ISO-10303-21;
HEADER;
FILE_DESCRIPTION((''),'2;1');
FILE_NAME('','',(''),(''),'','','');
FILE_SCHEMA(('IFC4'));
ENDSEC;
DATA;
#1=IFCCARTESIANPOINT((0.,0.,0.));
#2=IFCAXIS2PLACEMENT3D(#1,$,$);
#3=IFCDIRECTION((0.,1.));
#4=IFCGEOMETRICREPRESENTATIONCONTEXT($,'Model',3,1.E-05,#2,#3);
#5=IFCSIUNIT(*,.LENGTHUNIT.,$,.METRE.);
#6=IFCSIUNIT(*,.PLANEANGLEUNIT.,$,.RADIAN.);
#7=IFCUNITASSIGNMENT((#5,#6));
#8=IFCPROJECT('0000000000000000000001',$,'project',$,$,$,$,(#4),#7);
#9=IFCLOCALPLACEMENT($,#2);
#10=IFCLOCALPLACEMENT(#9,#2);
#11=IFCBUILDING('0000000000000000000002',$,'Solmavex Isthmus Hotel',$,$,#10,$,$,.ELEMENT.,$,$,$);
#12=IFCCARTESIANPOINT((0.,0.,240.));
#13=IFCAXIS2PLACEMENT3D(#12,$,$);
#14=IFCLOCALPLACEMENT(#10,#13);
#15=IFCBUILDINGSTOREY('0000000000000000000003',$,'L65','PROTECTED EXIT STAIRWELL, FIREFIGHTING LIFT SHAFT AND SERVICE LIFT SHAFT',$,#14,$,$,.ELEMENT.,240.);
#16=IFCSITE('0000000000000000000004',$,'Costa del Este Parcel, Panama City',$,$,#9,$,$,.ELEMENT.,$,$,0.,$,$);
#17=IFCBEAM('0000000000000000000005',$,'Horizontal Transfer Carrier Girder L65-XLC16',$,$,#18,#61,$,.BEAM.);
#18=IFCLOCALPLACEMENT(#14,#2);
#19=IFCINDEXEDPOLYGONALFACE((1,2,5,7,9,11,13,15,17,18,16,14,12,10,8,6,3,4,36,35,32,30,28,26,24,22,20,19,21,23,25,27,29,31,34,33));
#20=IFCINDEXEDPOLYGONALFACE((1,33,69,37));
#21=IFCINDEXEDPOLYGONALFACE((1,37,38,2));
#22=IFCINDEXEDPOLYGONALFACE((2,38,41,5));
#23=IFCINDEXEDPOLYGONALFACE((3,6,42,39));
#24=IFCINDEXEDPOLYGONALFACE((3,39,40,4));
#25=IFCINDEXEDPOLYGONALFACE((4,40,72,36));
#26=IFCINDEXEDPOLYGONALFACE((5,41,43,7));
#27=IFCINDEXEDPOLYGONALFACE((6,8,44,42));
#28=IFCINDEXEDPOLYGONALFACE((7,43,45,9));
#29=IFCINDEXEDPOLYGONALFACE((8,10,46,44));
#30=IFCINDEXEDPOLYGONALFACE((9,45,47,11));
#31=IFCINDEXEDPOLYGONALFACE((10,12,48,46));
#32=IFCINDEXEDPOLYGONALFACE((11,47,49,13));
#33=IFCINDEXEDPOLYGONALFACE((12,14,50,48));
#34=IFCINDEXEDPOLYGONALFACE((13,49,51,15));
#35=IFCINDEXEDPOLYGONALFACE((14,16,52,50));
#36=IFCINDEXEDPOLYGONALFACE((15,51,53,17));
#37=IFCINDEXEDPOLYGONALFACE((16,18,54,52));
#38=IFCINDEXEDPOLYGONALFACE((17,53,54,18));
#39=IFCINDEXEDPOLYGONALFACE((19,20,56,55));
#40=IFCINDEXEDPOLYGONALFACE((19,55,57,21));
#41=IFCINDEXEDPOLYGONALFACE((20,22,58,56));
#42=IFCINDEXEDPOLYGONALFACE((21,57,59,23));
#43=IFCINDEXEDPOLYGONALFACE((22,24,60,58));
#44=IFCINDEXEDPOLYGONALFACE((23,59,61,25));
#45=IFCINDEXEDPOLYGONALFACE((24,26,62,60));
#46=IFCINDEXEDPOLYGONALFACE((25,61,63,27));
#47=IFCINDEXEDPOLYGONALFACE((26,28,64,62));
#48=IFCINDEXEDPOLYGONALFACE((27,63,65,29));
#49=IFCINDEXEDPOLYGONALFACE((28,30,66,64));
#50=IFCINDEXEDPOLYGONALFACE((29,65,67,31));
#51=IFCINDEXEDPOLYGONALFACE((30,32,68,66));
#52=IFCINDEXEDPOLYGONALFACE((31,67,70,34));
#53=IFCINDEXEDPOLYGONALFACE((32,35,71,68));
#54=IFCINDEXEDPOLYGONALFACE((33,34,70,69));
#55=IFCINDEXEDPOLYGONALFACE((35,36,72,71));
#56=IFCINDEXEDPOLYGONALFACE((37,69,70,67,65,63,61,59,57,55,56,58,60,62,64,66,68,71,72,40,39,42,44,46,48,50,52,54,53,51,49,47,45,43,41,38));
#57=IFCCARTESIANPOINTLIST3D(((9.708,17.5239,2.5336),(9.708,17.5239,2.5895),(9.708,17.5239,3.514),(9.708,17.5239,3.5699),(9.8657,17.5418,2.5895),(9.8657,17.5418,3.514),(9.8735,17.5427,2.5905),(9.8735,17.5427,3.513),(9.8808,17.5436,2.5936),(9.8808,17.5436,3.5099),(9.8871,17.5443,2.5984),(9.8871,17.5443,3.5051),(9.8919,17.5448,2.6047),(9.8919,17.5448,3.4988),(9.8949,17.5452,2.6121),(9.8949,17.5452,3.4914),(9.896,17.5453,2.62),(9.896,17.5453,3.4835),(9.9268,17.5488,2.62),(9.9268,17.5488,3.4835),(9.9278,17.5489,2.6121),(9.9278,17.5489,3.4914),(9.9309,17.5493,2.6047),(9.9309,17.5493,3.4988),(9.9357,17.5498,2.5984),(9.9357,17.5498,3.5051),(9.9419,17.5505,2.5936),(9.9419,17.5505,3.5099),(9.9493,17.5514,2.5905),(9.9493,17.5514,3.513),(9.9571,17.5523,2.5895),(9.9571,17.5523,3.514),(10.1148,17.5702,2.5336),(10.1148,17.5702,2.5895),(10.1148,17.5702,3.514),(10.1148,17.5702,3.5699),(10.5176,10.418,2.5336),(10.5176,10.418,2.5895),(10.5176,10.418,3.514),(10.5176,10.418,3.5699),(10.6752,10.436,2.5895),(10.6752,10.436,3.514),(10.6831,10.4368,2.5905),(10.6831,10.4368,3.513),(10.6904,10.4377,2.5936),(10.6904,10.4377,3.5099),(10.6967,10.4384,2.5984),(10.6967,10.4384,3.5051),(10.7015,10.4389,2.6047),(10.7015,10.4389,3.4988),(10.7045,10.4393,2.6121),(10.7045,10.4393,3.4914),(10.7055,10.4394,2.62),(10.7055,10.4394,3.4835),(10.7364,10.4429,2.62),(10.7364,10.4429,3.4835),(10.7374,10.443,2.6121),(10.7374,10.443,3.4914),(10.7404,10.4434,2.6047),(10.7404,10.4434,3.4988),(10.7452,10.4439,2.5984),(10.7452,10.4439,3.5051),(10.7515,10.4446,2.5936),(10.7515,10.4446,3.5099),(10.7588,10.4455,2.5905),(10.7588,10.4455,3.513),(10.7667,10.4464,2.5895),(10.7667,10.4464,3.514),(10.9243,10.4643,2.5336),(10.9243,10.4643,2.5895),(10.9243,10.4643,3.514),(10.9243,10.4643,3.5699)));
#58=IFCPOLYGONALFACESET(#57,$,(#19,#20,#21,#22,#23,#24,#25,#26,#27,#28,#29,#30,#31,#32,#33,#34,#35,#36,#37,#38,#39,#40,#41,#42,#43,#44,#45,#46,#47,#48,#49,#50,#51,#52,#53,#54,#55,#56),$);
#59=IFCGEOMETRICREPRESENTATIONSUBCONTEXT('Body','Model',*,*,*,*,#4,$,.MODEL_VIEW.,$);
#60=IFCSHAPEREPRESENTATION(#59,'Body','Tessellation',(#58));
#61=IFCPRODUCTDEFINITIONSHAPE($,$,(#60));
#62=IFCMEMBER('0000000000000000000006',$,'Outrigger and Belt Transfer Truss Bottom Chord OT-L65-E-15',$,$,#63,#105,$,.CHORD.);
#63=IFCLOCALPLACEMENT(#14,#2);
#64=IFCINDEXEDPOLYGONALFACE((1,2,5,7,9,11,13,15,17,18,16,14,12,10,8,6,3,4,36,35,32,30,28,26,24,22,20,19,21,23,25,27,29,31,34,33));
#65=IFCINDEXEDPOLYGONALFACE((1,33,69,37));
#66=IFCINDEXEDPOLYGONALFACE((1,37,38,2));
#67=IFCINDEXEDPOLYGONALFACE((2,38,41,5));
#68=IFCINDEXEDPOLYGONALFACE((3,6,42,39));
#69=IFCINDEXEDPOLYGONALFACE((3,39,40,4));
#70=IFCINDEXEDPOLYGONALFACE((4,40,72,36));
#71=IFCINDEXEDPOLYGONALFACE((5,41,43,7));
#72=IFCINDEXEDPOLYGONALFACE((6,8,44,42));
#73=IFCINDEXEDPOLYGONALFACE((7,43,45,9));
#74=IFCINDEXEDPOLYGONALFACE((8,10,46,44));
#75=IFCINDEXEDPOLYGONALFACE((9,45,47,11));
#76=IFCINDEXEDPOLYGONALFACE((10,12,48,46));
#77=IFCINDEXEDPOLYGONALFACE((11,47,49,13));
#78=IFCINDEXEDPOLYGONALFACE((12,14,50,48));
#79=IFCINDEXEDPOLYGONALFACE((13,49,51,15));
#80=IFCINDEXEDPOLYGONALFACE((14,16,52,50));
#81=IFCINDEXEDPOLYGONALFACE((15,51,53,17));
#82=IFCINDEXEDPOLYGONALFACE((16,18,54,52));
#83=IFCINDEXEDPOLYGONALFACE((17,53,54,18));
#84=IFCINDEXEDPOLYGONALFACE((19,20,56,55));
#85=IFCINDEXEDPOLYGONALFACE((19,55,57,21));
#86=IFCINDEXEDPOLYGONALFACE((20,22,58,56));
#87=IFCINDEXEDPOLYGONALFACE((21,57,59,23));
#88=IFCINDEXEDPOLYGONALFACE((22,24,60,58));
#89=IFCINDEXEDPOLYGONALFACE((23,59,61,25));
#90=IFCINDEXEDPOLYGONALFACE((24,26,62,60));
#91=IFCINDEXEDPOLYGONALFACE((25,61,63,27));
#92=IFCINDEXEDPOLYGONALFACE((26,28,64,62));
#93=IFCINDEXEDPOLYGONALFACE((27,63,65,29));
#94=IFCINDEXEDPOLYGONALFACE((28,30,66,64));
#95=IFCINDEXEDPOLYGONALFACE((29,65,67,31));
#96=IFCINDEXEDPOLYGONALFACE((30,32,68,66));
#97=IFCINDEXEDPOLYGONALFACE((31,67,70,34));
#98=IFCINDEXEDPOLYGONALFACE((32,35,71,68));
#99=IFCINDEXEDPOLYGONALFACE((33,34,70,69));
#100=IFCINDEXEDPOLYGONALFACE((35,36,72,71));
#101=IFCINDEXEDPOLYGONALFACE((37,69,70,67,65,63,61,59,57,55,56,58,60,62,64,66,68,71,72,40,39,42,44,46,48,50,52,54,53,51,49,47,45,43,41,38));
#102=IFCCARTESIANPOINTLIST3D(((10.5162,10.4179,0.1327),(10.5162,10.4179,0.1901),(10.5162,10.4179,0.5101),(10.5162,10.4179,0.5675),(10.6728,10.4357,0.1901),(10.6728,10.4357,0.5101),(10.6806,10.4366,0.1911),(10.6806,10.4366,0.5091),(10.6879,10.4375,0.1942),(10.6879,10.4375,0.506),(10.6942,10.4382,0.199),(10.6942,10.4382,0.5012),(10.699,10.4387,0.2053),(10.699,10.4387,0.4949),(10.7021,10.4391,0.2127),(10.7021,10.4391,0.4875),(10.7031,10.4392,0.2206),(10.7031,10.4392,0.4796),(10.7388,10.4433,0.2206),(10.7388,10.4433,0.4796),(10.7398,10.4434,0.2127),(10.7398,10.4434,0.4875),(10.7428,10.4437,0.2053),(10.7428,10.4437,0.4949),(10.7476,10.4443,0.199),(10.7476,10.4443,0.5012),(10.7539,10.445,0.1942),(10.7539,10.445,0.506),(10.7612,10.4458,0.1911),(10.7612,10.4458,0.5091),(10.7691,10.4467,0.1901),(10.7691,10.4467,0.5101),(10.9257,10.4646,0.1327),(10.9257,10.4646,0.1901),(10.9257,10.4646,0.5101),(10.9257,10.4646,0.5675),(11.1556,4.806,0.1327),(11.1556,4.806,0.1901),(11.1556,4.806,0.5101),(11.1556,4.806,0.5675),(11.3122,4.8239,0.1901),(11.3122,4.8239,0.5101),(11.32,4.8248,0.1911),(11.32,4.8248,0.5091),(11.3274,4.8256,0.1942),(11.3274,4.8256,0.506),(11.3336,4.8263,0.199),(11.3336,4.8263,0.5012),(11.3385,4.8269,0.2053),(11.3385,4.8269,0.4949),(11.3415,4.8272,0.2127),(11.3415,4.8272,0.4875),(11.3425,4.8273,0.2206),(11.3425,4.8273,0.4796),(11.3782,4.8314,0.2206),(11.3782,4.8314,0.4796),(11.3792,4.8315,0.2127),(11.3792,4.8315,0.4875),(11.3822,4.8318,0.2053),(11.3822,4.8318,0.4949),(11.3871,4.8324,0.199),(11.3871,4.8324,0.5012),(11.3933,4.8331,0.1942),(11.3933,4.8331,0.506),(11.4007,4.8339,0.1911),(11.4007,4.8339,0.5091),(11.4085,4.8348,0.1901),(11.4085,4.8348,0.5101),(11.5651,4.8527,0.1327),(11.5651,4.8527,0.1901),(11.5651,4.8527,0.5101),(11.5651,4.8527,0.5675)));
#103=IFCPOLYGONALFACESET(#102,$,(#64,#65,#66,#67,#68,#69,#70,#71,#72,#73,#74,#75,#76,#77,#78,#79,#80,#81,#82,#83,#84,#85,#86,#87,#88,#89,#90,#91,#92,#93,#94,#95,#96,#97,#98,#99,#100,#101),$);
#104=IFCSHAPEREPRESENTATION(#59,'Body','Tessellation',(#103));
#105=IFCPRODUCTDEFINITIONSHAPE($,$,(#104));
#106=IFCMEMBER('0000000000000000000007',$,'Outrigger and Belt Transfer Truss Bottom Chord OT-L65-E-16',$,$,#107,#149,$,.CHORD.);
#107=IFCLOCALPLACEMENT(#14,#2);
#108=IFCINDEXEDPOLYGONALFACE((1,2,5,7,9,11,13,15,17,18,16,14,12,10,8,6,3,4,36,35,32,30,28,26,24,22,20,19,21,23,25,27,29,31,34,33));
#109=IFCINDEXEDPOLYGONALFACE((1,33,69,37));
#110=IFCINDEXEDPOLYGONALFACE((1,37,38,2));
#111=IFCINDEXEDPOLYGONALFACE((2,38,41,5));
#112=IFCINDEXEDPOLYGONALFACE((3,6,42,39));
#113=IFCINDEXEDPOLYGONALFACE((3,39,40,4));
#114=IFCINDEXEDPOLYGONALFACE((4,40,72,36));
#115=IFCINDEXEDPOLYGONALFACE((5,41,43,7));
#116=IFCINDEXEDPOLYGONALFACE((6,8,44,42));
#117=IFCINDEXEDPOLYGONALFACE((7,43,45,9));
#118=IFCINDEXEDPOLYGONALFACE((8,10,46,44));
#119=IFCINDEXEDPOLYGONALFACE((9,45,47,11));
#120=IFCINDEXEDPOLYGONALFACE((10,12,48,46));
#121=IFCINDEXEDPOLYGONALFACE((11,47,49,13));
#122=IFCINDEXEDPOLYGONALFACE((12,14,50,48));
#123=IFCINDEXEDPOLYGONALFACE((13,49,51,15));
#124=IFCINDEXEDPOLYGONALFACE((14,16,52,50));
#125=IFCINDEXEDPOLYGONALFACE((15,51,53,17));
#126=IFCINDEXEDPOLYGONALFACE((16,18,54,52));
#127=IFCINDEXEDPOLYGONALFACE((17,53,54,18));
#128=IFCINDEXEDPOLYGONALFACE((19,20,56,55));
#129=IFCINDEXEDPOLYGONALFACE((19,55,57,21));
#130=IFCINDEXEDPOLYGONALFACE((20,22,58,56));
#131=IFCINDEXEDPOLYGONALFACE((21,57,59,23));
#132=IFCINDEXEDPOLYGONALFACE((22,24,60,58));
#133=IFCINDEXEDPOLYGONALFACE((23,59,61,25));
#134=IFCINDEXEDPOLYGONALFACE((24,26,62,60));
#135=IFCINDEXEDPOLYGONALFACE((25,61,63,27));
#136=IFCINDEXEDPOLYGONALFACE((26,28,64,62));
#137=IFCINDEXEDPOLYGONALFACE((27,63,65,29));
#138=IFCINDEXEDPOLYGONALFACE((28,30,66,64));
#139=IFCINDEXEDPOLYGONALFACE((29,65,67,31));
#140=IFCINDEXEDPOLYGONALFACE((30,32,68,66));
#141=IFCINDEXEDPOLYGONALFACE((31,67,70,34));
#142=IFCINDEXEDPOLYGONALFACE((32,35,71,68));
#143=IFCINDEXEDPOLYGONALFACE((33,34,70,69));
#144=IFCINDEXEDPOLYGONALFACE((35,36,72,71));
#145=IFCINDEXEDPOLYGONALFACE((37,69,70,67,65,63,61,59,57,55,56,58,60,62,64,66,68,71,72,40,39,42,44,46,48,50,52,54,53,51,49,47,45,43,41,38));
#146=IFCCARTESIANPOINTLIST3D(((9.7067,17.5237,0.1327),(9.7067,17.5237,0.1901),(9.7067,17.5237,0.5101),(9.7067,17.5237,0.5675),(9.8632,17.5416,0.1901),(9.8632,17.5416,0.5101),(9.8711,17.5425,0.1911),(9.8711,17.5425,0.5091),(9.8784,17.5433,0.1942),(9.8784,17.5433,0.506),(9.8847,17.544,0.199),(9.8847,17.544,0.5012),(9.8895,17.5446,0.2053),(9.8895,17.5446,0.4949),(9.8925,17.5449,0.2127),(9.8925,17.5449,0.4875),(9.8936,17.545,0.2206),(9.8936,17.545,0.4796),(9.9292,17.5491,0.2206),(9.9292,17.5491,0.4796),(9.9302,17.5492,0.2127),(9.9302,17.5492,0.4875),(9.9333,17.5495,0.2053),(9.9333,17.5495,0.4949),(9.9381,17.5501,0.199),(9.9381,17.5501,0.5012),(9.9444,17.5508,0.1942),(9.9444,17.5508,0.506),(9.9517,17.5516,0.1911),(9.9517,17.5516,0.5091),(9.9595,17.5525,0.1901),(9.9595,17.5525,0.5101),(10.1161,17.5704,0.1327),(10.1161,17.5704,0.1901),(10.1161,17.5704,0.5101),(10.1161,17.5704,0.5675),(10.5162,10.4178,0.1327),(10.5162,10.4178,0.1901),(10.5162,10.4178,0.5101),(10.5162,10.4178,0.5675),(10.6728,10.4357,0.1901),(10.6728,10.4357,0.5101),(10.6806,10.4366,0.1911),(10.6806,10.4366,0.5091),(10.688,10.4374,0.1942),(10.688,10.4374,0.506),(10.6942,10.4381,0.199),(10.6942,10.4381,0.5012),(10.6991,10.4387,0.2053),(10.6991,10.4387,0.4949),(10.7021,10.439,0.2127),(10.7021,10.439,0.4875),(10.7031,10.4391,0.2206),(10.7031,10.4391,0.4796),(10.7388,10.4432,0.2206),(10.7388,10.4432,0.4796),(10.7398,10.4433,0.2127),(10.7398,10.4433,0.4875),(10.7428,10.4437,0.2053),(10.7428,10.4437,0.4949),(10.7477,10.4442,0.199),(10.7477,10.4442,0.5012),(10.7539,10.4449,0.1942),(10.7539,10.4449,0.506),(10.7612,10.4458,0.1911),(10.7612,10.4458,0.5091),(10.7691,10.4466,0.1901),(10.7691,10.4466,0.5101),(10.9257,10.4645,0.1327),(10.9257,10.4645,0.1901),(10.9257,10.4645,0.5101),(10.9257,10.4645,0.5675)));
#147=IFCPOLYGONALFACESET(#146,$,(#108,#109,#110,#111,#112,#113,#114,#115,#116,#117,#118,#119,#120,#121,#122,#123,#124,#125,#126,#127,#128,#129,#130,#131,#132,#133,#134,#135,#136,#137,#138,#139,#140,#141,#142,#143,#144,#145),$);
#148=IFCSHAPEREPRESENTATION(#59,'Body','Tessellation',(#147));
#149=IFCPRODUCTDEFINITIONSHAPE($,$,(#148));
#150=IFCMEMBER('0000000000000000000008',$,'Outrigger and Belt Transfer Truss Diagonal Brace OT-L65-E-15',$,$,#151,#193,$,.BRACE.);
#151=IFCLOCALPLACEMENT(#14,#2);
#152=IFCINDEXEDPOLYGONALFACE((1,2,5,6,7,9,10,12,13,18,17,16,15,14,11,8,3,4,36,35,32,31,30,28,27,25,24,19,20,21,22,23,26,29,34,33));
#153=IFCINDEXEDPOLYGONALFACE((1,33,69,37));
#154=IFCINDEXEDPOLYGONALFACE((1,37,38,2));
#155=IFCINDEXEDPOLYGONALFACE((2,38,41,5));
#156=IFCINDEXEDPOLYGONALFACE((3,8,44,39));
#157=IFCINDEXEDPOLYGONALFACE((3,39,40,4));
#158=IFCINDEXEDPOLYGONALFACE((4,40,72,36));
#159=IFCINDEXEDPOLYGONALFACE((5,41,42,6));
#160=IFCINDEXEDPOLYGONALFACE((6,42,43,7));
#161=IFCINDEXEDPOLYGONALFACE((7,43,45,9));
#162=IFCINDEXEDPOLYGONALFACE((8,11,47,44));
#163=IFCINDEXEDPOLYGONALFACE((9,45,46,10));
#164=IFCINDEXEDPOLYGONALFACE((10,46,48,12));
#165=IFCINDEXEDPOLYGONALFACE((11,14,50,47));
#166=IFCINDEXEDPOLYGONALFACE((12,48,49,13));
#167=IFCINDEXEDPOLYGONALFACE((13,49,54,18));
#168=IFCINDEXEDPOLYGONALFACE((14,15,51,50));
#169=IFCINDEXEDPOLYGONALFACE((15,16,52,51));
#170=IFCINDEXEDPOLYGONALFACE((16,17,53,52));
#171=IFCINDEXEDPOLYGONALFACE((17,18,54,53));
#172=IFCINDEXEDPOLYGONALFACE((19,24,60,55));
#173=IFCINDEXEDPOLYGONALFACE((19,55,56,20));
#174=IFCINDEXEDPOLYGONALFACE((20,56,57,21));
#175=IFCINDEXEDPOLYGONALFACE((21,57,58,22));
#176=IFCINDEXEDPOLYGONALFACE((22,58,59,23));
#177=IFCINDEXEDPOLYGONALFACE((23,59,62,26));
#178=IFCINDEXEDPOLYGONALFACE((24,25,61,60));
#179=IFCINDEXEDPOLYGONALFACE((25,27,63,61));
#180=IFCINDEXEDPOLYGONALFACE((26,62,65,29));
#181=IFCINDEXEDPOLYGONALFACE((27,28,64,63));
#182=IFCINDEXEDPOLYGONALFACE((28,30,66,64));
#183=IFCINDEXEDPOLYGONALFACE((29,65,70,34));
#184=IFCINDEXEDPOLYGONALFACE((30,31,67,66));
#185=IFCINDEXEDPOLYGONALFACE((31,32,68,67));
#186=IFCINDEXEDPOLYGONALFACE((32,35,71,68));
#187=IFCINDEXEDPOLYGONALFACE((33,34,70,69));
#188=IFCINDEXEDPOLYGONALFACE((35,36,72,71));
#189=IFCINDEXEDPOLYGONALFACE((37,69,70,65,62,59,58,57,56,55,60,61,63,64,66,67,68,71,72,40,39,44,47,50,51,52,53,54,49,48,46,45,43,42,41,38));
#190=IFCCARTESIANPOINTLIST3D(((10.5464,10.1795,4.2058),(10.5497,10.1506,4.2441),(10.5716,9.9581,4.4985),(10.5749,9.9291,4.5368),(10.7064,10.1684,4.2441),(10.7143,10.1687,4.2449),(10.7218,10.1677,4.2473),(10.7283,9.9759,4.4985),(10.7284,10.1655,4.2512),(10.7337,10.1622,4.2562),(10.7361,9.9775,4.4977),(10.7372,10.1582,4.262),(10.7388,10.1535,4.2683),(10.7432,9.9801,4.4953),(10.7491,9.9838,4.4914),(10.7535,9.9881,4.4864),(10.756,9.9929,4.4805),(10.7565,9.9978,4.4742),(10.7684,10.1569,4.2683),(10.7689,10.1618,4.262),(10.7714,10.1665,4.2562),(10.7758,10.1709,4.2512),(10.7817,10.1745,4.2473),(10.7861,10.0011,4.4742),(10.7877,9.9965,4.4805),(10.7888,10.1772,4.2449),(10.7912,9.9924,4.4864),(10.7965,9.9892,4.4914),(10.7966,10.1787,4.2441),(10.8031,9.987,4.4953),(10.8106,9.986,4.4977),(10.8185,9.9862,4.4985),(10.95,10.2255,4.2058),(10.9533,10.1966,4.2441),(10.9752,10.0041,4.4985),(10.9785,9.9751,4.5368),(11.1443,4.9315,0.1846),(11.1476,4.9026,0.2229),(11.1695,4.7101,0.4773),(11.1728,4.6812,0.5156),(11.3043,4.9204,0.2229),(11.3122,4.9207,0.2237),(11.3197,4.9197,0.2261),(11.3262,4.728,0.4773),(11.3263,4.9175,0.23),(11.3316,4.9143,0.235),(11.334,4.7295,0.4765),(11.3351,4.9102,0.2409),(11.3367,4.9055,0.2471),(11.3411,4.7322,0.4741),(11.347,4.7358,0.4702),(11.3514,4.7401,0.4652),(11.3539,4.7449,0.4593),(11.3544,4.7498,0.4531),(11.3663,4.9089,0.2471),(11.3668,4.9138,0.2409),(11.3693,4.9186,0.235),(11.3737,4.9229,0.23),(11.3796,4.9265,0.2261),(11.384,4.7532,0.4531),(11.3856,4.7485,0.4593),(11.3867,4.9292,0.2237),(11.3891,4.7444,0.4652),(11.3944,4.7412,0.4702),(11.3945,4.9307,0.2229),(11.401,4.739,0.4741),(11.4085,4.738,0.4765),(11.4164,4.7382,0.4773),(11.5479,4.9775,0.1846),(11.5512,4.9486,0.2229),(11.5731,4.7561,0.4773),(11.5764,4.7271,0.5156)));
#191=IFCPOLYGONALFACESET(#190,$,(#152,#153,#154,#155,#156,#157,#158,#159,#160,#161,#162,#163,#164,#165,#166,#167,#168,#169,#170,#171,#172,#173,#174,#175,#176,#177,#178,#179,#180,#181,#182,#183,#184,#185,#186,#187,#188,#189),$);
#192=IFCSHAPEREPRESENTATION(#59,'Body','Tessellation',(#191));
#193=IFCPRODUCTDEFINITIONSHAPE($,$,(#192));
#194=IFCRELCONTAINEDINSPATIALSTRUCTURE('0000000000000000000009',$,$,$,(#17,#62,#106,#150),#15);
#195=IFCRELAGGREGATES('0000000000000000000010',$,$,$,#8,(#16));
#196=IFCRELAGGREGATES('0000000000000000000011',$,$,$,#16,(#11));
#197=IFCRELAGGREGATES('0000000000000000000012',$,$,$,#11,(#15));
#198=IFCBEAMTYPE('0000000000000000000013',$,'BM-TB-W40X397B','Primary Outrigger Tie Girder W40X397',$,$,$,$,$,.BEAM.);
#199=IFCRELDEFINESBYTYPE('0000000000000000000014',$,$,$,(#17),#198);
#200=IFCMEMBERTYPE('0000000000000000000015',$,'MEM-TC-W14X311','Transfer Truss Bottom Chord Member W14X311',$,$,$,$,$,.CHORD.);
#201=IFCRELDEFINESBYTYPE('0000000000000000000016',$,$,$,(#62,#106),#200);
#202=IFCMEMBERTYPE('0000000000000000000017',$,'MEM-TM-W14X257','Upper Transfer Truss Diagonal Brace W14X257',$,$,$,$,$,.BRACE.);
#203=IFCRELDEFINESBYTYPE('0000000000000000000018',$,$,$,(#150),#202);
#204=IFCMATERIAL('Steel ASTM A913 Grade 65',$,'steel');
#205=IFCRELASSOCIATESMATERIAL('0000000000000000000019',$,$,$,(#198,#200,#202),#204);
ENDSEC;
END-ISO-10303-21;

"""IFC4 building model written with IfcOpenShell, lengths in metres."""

from ifc_helpers import new_model, si_unit, direction, frame, origin, origin_2d, place, context, subcontext, project, spatial, i_section, extrude, material, material_profile, profile_set, type_object, element, save


model = new_model("IFC4")

# Units and contexts
model_context = context("Model", 3, precision=1e-05, world=origin(), true_north=direction((0.0, 1.0)))
body_context = subcontext(model_context, "Body", "Model", "MODEL_VIEW")
ifc_project = project(units=[si_unit("LENGTHUNIT", "METRE"), si_unit("PLANEANGLEUNIT", "RADIAN")], contexts=[model_context])

# Site, building, storey
site_placement = place(None, origin())
site = spatial("IfcSite", under=ifc_project, at=site_placement, Name="Costa del Este Parcel, Panama City", CompositionType="ELEMENT", RefElevation=0.0)
building_placement = place(site_placement, origin())
building = spatial("IfcBuilding", under=site, at=building_placement, Name="Solmavex Isthmus Hotel", CompositionType="ELEMENT")
storey_placement = place(building_placement, frame((0.0, 0.0, 240.0)))
storey = spatial("IfcBuildingStorey", under=building, at=storey_placement, Name="L65", Description="PROTECTED EXIT STAIRWELL, FIREFIGHTING LIFT SHAFT AND SERVICE LIFT SHAFT", CompositionType="ELEMENT", Elevation=240.0)

# Shared definitions
ifc_material_1 = material(Name="Steel ASTM A913 Grade 65", Category="steel")

# Beam
ifc_material_profile_1 = material_profile(ifc_material_1, i_section(OverallWidth=0.4094, OverallDepth=1.0364, WebThickness=0.031, FlangeThickness=0.0559, FilletRadius=0.0305, at=origin_2d()), Name="W40X397")
ifc_profile_set_1 = profile_set([ifc_material_profile_1], Name="Steel ASTM A913 Grade 65")
beam_type_1 = type_object("IfcBeamType", Name="BM-TB-W40X397B", Description="Primary Outrigger Tie Girder W40X397", PredefinedType="BEAM", material=ifc_profile_set_1)
beam_1_placement = place(storey_placement, frame((10.7209, 10.4412, 3.0518), z_axis=(-0.113196, 0.993573, 0.0), x_axis=(-0.993573, -0.113196, 0.0)))
element("IfcBeam", 1, at=beam_1_placement, inside=storey, type_object=beam_type_1, Name="Horizontal Transfer Carrier Girder L65-XLC16", PredefinedType="BEAM", context=body_context, shape_type="SweptSolid", body=[
    extrude(i_section(OverallWidth=0.4094, OverallDepth=1.0364, WebThickness=0.031, FlangeThickness=0.0559, FilletRadius=0.0305, at=origin_2d()), origin(), (0.0, 0.0, 1.0), 7.1519),
])

# Members
ifc_material_profile_2 = material_profile(ifc_material_1, i_section(OverallWidth=0.4121, OverallDepth=0.4348, WebThickness=0.0359, FlangeThickness=0.0574, FilletRadius=0.0305, at=origin_2d()), Name="W14X311")
ifc_profile_set_2 = profile_set([ifc_material_profile_2], Name="Steel ASTM A913 Grade 65")
member_type_1 = type_object("IfcMemberType", Name="MEM-TC-W14X311", Description="Transfer Truss Bottom Chord Member W14X311", PredefinedType="CHORD", material=ifc_profile_set_2)
member_1_placement = place(storey_placement, frame((11.3604, 4.8293, 0.3501), z_axis=(-0.113206, 0.993571, 0.0), x_axis=(-0.993571, -0.113206, 0.0)))
element("IfcMember", 2, at=member_1_placement, inside=storey, type_object=member_type_1, Name="Outrigger and Belt Transfer Truss Bottom Chord OT-L65-E-15", PredefinedType="CHORD", context=body_context, shape_type="SweptSolid", body=[
    extrude(i_section(OverallWidth=0.4121, OverallDepth=0.4348, WebThickness=0.0359, FlangeThickness=0.0574, FilletRadius=0.0305, at=origin_2d()), origin(), (0.0, 0.0, 1.0), 5.6482),
])
member_2_placement = place(storey_placement, frame((10.7209, 10.4412, 0.3501), z_axis=(-0.113196, 0.993573, 0.0), x_axis=(-0.993573, -0.113196, 0.0)))
element("IfcMember", 3, at=member_2_placement, inside=storey, type_object=member_type_1, Name="Outrigger and Belt Transfer Truss Bottom Chord OT-L65-E-16", PredefinedType="CHORD", context=body_context, shape_type="SweptSolid", body=[
    extrude(i_section(OverallWidth=0.4121, OverallDepth=0.4348, WebThickness=0.0359, FlangeThickness=0.0574, FilletRadius=0.0305, at=origin_2d()), origin(), (0.0, 0.0, 1.0), 7.1519),
])
ifc_material_profile_3 = material_profile(ifc_material_1, i_section(OverallWidth=0.4062, OverallDepth=0.416, WebThickness=0.0298, FlangeThickness=0.0481, FilletRadius=0.0305, at=origin_2d()), Name="W14X257")
ifc_profile_set_3 = profile_set([ifc_material_profile_3], Name="Steel ASTM A913 Grade 65")
member_type_2 = type_object("IfcMemberType", Name="MEM-TM-W14X257", Description="Upper Transfer Truss Diagonal Brace W14X257", PredefinedType="BRACE", material=ifc_profile_set_3)
member_3_placement = place(storey_placement, frame((11.3604, 4.8293, 0.3501), z_axis=(-0.090065, 0.790546, 0.605744), x_axis=(-0.993573, -0.113196, 0.0)))
element("IfcMember", 4, at=member_3_placement, inside=storey, type_object=member_type_2, Name="Outrigger and Belt Transfer Truss Diagonal Brace OT-L65-E-15", PredefinedType="BRACE", context=body_context, shape_type="SweptSolid", body=[
    extrude(i_section(OverallWidth=0.4062, OverallDepth=0.416, WebThickness=0.0298, FlangeThickness=0.0481, FilletRadius=0.0305, at=origin_2d()), origin(), (0.0, 0.0, 1.0), 6.6384),
])

save(model, "model.ifc")
